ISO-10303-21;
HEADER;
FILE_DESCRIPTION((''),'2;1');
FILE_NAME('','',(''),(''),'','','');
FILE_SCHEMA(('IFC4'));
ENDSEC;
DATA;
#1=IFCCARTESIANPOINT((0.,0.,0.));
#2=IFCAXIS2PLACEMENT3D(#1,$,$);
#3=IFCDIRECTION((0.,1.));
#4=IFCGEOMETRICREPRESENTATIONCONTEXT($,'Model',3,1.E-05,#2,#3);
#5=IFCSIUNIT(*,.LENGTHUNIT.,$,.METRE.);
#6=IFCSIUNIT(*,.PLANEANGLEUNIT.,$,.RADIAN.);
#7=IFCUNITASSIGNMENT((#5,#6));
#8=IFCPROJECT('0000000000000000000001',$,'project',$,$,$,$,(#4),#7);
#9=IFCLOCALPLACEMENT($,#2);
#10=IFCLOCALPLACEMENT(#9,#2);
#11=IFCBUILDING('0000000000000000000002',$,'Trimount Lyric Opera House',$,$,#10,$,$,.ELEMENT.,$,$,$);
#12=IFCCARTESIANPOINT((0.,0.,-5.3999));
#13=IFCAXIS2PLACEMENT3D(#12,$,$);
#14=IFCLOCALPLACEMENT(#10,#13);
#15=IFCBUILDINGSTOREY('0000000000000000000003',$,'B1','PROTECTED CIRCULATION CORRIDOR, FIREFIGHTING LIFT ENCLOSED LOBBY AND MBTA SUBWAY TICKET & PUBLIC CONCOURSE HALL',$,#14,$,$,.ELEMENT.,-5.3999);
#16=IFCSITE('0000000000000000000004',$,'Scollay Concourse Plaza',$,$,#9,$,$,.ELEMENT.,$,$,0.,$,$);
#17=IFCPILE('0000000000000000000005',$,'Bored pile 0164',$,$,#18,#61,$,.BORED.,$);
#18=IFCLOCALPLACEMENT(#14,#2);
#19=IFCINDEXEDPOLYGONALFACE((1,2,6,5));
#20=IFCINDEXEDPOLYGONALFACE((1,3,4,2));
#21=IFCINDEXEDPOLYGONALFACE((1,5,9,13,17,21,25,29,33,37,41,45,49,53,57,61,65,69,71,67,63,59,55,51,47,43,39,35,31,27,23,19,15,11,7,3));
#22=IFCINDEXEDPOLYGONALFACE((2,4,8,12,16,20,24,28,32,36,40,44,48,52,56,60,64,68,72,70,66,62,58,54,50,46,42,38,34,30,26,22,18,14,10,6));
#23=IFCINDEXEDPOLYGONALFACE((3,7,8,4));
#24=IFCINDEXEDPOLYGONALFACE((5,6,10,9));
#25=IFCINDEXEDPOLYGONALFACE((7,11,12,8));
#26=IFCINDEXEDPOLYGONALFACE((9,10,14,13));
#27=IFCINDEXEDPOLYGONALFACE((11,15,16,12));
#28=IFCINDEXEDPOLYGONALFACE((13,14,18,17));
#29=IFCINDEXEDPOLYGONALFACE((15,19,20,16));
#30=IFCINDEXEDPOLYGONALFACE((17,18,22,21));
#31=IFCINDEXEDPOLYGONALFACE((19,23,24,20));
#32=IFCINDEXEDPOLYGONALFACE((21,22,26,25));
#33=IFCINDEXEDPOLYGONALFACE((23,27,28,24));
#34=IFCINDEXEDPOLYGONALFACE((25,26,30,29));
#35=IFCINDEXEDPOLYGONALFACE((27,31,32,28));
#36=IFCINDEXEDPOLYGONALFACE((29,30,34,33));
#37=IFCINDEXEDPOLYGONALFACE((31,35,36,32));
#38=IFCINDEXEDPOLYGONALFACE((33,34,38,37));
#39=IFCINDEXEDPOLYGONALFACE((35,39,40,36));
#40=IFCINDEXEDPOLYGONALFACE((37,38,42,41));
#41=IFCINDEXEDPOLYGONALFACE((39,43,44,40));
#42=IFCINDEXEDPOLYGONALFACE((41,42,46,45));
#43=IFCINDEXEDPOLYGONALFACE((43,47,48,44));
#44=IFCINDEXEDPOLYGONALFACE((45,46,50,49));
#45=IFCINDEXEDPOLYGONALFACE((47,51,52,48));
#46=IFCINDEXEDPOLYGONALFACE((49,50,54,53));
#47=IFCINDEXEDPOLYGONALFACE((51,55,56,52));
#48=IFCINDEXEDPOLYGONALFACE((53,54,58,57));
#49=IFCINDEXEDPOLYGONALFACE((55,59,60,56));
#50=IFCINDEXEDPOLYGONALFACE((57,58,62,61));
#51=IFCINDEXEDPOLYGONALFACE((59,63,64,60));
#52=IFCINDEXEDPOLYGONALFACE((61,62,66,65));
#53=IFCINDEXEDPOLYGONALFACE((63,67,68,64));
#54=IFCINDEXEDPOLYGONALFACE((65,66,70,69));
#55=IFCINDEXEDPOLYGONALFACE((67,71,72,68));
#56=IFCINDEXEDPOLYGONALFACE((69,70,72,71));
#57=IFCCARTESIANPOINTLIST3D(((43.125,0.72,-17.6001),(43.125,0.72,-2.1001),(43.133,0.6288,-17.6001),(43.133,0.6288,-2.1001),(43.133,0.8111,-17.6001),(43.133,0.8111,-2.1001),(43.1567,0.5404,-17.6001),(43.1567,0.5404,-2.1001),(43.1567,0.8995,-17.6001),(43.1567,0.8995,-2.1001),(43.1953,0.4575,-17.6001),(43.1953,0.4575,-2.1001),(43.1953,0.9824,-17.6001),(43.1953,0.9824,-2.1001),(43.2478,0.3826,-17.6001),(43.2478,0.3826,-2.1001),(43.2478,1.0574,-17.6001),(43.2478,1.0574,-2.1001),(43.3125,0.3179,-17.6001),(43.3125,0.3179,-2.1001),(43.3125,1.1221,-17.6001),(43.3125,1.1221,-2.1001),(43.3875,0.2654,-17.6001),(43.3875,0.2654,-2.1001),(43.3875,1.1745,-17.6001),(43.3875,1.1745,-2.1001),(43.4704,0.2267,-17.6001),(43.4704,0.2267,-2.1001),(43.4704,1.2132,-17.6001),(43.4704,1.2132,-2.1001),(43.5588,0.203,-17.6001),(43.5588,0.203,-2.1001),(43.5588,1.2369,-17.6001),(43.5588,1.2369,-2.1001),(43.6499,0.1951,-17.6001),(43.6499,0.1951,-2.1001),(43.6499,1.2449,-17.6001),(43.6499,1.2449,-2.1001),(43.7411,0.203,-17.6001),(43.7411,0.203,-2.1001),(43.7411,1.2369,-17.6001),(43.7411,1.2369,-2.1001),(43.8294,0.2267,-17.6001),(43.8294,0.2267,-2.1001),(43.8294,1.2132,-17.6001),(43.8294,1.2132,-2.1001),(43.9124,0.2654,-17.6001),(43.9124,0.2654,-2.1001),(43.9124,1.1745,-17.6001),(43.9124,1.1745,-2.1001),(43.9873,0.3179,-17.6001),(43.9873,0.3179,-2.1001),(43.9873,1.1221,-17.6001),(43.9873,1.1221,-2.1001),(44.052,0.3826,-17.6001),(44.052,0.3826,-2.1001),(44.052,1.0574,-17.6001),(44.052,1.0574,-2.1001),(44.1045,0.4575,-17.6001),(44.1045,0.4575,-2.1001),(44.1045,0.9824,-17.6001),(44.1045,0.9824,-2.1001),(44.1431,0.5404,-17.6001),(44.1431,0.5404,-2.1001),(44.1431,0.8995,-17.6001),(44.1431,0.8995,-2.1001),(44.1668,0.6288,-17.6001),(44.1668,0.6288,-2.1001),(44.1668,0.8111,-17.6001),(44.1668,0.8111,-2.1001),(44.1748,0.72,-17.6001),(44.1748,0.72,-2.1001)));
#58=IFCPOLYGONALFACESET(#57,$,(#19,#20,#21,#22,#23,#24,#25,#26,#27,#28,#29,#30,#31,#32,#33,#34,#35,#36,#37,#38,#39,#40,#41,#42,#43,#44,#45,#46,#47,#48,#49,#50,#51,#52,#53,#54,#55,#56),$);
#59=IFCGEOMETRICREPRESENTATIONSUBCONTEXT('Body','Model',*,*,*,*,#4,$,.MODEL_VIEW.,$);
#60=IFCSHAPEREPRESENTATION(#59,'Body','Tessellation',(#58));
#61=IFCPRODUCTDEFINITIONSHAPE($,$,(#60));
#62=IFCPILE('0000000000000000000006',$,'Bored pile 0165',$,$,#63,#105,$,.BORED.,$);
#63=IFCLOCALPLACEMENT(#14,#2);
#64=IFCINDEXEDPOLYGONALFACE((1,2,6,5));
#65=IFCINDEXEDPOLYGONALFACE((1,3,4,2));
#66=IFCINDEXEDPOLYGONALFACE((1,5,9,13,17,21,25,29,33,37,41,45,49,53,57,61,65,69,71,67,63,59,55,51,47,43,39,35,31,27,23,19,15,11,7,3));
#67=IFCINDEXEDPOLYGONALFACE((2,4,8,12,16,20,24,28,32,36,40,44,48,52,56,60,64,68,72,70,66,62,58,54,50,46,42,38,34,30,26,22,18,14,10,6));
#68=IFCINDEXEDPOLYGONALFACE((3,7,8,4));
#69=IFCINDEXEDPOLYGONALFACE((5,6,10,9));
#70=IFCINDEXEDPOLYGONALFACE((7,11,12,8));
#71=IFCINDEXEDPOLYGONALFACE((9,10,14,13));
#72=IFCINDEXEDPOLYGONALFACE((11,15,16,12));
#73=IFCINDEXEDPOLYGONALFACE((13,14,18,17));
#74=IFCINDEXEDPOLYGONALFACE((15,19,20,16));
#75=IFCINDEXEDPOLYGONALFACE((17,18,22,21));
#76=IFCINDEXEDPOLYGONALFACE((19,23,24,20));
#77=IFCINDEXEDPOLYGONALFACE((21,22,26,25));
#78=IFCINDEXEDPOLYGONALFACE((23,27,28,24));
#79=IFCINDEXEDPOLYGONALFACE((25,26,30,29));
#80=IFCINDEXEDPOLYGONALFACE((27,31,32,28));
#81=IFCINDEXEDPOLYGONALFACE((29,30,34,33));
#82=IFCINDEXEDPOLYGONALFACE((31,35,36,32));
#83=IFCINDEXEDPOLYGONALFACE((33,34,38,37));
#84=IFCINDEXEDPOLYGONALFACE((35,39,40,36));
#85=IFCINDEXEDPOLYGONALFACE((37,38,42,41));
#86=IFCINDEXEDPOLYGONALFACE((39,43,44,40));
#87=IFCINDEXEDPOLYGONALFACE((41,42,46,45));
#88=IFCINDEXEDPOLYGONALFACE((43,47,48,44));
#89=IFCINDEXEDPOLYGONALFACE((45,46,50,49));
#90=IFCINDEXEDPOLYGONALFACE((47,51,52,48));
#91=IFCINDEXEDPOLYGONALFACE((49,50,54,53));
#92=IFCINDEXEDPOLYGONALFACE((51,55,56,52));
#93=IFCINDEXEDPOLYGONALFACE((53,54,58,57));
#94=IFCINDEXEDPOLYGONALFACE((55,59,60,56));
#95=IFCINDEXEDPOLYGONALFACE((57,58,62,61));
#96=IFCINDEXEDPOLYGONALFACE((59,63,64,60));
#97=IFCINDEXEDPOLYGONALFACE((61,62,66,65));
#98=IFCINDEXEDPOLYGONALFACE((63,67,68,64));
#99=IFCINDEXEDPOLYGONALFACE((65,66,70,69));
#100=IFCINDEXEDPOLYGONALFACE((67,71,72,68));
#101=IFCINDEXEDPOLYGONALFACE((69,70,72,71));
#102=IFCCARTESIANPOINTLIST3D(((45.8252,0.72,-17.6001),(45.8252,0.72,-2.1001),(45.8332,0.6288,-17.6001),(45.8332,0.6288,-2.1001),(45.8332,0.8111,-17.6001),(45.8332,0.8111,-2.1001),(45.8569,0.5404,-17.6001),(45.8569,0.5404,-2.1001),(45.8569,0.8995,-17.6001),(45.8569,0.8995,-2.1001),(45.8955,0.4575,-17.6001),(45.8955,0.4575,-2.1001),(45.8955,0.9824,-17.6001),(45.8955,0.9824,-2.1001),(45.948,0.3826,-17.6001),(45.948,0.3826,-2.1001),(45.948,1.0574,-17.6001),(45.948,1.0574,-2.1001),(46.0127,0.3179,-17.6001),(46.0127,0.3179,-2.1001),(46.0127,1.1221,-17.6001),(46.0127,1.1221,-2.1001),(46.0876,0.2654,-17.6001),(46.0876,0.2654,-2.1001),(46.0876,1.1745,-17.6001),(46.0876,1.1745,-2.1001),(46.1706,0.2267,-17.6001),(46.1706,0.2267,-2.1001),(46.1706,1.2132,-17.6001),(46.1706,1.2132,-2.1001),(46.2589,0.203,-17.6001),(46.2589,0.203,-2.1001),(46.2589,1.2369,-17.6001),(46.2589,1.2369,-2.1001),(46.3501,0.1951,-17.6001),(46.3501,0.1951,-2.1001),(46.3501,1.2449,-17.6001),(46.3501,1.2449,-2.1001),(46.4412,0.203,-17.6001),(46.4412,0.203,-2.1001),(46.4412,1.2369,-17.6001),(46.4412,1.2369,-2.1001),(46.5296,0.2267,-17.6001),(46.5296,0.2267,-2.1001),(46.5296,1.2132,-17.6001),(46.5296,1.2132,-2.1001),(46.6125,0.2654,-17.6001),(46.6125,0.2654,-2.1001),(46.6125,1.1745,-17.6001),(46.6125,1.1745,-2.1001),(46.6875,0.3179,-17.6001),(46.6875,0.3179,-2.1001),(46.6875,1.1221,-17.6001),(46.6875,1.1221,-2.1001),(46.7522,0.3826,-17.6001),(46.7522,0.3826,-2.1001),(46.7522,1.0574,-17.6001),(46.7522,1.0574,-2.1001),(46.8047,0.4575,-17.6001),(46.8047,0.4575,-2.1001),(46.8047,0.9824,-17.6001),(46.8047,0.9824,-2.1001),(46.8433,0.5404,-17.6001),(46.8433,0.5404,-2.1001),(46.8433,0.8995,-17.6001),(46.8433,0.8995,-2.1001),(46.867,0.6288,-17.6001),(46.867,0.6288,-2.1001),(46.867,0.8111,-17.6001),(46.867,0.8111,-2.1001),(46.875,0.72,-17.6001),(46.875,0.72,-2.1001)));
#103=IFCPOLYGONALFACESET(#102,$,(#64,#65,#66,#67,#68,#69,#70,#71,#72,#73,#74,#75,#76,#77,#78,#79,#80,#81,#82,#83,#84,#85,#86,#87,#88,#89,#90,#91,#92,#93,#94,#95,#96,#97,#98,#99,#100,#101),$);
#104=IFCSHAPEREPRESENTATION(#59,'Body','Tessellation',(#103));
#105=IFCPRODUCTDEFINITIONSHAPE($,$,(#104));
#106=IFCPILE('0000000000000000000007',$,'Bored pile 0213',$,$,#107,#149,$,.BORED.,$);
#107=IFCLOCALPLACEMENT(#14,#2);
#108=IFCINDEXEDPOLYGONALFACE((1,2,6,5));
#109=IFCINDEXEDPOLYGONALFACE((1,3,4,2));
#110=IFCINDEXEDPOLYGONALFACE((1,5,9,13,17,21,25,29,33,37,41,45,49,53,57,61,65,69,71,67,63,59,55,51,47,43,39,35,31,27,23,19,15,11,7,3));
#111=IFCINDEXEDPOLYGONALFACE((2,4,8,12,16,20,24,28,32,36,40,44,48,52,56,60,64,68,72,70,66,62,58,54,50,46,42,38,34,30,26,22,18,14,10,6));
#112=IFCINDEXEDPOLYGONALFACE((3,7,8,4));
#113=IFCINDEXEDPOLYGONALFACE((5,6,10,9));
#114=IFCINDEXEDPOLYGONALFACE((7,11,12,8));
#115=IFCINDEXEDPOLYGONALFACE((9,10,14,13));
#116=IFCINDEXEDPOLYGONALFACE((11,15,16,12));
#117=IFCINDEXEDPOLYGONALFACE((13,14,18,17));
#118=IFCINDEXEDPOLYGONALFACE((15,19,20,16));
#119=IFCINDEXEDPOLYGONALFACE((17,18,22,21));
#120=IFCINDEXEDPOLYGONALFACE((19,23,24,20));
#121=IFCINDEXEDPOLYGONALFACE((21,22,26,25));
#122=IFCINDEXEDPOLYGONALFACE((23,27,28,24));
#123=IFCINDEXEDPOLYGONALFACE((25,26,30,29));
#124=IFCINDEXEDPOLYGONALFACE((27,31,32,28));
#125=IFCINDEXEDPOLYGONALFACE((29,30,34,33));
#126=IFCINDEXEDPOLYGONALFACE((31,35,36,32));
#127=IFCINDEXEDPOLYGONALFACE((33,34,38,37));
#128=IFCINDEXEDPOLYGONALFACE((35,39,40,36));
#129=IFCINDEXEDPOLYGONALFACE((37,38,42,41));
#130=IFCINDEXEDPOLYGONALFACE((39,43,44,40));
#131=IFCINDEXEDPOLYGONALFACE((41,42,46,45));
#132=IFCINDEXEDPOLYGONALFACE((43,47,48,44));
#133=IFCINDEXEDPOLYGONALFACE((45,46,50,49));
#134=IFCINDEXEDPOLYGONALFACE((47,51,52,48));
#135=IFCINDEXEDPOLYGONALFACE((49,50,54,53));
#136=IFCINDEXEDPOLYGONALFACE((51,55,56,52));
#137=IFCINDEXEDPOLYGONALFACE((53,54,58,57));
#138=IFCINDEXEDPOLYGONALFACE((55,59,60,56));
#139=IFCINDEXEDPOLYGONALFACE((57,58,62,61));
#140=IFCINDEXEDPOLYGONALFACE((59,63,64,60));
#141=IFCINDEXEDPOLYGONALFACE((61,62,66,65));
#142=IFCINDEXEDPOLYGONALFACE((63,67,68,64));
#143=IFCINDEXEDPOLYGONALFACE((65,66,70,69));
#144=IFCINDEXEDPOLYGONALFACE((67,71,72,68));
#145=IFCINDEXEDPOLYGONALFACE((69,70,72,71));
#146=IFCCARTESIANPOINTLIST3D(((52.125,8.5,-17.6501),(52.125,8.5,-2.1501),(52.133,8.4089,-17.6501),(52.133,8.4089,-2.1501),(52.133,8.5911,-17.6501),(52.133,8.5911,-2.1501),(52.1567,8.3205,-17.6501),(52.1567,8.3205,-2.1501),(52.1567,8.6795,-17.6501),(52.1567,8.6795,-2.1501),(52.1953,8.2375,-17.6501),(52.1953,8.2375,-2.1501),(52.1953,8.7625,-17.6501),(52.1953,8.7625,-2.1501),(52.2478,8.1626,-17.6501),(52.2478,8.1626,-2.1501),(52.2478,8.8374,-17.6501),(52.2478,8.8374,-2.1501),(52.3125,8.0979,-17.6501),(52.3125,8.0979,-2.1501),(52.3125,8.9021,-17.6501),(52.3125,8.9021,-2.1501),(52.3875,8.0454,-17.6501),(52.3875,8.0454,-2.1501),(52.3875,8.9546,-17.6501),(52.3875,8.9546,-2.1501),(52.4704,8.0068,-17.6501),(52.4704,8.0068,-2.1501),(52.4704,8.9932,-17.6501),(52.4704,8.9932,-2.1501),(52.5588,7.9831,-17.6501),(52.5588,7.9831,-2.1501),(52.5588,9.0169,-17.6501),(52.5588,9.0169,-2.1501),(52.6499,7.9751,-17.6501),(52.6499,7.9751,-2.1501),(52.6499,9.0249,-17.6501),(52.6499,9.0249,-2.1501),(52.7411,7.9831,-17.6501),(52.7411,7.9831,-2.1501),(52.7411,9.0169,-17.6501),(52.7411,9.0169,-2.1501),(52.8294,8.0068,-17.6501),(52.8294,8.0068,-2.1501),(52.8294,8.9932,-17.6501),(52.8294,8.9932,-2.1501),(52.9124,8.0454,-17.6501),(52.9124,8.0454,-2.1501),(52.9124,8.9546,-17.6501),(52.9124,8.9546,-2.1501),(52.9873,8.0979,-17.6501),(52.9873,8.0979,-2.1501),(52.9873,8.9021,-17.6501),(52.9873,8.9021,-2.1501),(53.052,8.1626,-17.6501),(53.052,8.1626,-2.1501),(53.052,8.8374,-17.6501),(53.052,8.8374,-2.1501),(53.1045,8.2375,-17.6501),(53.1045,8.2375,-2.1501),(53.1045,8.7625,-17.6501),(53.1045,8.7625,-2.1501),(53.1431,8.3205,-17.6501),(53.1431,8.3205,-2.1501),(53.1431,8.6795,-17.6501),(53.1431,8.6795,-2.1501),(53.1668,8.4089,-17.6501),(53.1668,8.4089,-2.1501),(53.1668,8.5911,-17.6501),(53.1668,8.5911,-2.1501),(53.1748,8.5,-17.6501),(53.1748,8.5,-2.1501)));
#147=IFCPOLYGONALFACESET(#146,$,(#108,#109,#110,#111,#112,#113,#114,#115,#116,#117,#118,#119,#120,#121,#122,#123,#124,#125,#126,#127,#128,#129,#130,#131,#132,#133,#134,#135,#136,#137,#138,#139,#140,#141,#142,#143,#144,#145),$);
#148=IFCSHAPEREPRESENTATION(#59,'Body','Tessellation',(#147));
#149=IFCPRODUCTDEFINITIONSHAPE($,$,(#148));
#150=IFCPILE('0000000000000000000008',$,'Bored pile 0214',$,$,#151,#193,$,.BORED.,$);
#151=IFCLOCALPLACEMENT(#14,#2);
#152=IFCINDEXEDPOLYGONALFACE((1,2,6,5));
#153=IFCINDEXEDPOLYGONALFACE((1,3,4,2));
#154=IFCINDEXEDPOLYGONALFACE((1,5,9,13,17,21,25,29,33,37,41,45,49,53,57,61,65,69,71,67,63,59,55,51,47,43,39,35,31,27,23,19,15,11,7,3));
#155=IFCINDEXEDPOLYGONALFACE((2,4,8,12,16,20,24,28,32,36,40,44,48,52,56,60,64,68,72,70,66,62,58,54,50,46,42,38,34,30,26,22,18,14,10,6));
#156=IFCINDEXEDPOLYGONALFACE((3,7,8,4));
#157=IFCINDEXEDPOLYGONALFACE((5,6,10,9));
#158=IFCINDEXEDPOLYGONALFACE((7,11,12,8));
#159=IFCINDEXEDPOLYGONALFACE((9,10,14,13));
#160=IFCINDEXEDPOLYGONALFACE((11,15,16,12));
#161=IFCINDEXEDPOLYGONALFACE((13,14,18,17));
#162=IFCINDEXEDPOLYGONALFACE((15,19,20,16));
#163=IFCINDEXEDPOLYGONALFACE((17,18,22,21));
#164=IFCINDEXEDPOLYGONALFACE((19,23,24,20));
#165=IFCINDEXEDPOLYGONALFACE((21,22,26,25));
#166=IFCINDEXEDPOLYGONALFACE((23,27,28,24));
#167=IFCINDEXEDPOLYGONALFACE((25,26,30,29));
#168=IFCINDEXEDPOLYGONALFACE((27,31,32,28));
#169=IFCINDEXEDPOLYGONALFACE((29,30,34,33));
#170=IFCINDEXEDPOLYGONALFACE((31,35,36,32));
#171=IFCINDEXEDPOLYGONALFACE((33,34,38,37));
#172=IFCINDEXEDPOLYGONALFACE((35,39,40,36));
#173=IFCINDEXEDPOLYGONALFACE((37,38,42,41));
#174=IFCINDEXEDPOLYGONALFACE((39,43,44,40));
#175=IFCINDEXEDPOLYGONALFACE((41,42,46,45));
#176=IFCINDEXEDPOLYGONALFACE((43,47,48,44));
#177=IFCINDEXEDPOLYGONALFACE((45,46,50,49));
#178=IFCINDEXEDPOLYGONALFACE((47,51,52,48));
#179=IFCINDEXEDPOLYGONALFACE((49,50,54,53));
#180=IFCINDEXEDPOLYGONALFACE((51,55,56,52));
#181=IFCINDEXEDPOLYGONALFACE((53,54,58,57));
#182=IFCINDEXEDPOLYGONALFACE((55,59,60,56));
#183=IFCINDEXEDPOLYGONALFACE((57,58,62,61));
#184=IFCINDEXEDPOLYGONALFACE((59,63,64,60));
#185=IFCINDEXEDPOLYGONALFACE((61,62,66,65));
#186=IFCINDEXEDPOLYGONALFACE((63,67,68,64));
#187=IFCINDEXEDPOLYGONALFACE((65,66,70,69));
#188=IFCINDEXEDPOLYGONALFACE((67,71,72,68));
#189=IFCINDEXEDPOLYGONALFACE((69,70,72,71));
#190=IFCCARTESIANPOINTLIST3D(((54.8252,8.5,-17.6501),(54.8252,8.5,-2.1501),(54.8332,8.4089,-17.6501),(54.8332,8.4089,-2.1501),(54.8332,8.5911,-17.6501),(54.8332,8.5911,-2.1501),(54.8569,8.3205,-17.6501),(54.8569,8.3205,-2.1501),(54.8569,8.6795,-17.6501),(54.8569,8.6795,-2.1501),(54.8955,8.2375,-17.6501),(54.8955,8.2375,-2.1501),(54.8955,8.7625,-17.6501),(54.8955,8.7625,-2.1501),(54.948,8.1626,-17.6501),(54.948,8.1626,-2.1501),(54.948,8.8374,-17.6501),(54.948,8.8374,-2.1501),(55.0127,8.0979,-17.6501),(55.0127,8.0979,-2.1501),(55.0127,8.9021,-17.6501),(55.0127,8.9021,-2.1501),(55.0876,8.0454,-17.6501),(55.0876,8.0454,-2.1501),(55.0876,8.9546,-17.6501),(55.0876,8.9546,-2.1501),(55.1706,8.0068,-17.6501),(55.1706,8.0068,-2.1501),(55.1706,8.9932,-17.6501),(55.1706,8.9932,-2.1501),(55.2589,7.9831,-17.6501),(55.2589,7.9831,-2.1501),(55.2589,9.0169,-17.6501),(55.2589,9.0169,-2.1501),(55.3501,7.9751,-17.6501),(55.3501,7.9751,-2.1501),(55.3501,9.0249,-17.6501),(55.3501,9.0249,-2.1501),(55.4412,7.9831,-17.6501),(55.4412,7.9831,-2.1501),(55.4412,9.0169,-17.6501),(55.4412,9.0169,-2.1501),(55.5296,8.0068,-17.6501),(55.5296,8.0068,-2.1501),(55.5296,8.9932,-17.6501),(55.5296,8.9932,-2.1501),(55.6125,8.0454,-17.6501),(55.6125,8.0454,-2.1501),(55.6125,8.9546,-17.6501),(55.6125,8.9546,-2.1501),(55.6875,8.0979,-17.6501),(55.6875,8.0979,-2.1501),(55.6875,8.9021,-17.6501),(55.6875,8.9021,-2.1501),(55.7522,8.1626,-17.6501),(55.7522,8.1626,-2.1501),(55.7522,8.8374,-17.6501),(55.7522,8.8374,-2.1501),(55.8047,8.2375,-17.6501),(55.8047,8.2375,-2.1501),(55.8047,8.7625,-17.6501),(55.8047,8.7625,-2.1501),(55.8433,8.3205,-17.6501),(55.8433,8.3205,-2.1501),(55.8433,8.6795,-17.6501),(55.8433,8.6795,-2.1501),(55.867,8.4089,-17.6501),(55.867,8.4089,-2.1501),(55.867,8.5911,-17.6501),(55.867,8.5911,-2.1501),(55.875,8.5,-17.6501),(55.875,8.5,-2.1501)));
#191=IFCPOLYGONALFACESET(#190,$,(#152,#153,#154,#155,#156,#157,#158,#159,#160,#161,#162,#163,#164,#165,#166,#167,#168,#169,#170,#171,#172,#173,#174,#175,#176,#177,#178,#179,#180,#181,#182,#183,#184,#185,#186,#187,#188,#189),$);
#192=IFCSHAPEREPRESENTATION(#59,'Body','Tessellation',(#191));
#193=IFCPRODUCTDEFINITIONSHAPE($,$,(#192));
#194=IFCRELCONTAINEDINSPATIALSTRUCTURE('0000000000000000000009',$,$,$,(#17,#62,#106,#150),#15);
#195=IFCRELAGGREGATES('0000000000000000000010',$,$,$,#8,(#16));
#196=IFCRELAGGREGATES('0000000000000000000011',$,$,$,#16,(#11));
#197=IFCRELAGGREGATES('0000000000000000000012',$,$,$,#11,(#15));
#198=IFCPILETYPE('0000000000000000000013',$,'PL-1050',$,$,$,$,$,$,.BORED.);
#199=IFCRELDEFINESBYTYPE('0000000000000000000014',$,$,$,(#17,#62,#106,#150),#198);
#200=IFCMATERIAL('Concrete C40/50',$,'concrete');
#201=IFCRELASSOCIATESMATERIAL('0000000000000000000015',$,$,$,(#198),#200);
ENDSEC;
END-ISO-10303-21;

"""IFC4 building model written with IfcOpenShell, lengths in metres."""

from ifc_helpers import new_model, si_unit, direction, frame, origin, origin_2d, place, context, subcontext, project, spatial, circle, extrude, material, material_profile, profile_set, type_object, element, save


model = new_model("IFC4")

# Units and contexts
model_context = context("Model", 3, precision=1e-05, world=origin(), true_north=direction((0.0, 1.0)))
body_context = subcontext(model_context, "Body", "Model", "MODEL_VIEW")
ifc_project = project(units=[si_unit("LENGTHUNIT", "METRE"), si_unit("PLANEANGLEUNIT", "RADIAN")], contexts=[model_context])

# Site, building, storey
site_placement = place(None, origin())
site = spatial("IfcSite", under=ifc_project, at=site_placement, Name="Scollay Concourse Plaza", CompositionType="ELEMENT", RefElevation=0.0)
building_placement = place(site_placement, origin())
building = spatial("IfcBuilding", under=site, at=building_placement, Name="Trimount Lyric Opera House", CompositionType="ELEMENT")
storey_placement = place(building_placement, frame((0.0, 0.0, -5.3999)))
storey = spatial("IfcBuildingStorey", under=building, at=storey_placement, Name="B1", Description="PROTECTED CIRCULATION CORRIDOR, FIREFIGHTING LIFT ENCLOSED LOBBY AND MBTA SUBWAY TICKET & PUBLIC CONCOURSE HALL", CompositionType="ELEMENT", Elevation=-5.3999)

# Piles
ifc_material_1 = material(Name="Concrete C40/50", Category="concrete")
ifc_material_profile_1 = material_profile(ifc_material_1, circle(Radius=0.5249, at=origin_2d()), Name="PILE-D1050")
ifc_profile_set_1 = profile_set([ifc_material_profile_1], Name="Concrete C40/50")
pile_type_1 = type_object("IfcPileType", Name="PL-1050", PredefinedType="BORED", material=ifc_profile_set_1)
for number, where, z_axis, x_axis, name in (
    (1, (43.6499, 0.72, -2.1001), (0.0, 0.0, -1.0), (1.0, 0.0, 0.0), "Bored pile 0164"),
    (2, (46.3501, 0.72, -2.1001), (0.0, 0.0, -1.0), (1.0, 0.0, 0.0), "Bored pile 0165"),
    (3, (52.6499, 8.5, -2.1501), (0.0, 0.0, -1.0), (1.0, 0.0, 0.0), "Bored pile 0213"),
    (4, (55.3501, 8.5, -2.1501), (0.0, 0.0, -1.0), (1.0, 0.0, 0.0), "Bored pile 0214"),
):
    element("IfcPile", number, at=place(storey_placement, frame(where, z_axis=z_axis, x_axis=x_axis)), inside=storey, type_object=pile_type_1, Name=name, PredefinedType="BORED", context=body_context, shape_type="SweptSolid", body=[
        extrude(circle(Radius=0.5249, at=origin_2d()), origin(), (0.0, 0.0, 1.0), 15.5),
    ])

save(model, "model.ifc")
